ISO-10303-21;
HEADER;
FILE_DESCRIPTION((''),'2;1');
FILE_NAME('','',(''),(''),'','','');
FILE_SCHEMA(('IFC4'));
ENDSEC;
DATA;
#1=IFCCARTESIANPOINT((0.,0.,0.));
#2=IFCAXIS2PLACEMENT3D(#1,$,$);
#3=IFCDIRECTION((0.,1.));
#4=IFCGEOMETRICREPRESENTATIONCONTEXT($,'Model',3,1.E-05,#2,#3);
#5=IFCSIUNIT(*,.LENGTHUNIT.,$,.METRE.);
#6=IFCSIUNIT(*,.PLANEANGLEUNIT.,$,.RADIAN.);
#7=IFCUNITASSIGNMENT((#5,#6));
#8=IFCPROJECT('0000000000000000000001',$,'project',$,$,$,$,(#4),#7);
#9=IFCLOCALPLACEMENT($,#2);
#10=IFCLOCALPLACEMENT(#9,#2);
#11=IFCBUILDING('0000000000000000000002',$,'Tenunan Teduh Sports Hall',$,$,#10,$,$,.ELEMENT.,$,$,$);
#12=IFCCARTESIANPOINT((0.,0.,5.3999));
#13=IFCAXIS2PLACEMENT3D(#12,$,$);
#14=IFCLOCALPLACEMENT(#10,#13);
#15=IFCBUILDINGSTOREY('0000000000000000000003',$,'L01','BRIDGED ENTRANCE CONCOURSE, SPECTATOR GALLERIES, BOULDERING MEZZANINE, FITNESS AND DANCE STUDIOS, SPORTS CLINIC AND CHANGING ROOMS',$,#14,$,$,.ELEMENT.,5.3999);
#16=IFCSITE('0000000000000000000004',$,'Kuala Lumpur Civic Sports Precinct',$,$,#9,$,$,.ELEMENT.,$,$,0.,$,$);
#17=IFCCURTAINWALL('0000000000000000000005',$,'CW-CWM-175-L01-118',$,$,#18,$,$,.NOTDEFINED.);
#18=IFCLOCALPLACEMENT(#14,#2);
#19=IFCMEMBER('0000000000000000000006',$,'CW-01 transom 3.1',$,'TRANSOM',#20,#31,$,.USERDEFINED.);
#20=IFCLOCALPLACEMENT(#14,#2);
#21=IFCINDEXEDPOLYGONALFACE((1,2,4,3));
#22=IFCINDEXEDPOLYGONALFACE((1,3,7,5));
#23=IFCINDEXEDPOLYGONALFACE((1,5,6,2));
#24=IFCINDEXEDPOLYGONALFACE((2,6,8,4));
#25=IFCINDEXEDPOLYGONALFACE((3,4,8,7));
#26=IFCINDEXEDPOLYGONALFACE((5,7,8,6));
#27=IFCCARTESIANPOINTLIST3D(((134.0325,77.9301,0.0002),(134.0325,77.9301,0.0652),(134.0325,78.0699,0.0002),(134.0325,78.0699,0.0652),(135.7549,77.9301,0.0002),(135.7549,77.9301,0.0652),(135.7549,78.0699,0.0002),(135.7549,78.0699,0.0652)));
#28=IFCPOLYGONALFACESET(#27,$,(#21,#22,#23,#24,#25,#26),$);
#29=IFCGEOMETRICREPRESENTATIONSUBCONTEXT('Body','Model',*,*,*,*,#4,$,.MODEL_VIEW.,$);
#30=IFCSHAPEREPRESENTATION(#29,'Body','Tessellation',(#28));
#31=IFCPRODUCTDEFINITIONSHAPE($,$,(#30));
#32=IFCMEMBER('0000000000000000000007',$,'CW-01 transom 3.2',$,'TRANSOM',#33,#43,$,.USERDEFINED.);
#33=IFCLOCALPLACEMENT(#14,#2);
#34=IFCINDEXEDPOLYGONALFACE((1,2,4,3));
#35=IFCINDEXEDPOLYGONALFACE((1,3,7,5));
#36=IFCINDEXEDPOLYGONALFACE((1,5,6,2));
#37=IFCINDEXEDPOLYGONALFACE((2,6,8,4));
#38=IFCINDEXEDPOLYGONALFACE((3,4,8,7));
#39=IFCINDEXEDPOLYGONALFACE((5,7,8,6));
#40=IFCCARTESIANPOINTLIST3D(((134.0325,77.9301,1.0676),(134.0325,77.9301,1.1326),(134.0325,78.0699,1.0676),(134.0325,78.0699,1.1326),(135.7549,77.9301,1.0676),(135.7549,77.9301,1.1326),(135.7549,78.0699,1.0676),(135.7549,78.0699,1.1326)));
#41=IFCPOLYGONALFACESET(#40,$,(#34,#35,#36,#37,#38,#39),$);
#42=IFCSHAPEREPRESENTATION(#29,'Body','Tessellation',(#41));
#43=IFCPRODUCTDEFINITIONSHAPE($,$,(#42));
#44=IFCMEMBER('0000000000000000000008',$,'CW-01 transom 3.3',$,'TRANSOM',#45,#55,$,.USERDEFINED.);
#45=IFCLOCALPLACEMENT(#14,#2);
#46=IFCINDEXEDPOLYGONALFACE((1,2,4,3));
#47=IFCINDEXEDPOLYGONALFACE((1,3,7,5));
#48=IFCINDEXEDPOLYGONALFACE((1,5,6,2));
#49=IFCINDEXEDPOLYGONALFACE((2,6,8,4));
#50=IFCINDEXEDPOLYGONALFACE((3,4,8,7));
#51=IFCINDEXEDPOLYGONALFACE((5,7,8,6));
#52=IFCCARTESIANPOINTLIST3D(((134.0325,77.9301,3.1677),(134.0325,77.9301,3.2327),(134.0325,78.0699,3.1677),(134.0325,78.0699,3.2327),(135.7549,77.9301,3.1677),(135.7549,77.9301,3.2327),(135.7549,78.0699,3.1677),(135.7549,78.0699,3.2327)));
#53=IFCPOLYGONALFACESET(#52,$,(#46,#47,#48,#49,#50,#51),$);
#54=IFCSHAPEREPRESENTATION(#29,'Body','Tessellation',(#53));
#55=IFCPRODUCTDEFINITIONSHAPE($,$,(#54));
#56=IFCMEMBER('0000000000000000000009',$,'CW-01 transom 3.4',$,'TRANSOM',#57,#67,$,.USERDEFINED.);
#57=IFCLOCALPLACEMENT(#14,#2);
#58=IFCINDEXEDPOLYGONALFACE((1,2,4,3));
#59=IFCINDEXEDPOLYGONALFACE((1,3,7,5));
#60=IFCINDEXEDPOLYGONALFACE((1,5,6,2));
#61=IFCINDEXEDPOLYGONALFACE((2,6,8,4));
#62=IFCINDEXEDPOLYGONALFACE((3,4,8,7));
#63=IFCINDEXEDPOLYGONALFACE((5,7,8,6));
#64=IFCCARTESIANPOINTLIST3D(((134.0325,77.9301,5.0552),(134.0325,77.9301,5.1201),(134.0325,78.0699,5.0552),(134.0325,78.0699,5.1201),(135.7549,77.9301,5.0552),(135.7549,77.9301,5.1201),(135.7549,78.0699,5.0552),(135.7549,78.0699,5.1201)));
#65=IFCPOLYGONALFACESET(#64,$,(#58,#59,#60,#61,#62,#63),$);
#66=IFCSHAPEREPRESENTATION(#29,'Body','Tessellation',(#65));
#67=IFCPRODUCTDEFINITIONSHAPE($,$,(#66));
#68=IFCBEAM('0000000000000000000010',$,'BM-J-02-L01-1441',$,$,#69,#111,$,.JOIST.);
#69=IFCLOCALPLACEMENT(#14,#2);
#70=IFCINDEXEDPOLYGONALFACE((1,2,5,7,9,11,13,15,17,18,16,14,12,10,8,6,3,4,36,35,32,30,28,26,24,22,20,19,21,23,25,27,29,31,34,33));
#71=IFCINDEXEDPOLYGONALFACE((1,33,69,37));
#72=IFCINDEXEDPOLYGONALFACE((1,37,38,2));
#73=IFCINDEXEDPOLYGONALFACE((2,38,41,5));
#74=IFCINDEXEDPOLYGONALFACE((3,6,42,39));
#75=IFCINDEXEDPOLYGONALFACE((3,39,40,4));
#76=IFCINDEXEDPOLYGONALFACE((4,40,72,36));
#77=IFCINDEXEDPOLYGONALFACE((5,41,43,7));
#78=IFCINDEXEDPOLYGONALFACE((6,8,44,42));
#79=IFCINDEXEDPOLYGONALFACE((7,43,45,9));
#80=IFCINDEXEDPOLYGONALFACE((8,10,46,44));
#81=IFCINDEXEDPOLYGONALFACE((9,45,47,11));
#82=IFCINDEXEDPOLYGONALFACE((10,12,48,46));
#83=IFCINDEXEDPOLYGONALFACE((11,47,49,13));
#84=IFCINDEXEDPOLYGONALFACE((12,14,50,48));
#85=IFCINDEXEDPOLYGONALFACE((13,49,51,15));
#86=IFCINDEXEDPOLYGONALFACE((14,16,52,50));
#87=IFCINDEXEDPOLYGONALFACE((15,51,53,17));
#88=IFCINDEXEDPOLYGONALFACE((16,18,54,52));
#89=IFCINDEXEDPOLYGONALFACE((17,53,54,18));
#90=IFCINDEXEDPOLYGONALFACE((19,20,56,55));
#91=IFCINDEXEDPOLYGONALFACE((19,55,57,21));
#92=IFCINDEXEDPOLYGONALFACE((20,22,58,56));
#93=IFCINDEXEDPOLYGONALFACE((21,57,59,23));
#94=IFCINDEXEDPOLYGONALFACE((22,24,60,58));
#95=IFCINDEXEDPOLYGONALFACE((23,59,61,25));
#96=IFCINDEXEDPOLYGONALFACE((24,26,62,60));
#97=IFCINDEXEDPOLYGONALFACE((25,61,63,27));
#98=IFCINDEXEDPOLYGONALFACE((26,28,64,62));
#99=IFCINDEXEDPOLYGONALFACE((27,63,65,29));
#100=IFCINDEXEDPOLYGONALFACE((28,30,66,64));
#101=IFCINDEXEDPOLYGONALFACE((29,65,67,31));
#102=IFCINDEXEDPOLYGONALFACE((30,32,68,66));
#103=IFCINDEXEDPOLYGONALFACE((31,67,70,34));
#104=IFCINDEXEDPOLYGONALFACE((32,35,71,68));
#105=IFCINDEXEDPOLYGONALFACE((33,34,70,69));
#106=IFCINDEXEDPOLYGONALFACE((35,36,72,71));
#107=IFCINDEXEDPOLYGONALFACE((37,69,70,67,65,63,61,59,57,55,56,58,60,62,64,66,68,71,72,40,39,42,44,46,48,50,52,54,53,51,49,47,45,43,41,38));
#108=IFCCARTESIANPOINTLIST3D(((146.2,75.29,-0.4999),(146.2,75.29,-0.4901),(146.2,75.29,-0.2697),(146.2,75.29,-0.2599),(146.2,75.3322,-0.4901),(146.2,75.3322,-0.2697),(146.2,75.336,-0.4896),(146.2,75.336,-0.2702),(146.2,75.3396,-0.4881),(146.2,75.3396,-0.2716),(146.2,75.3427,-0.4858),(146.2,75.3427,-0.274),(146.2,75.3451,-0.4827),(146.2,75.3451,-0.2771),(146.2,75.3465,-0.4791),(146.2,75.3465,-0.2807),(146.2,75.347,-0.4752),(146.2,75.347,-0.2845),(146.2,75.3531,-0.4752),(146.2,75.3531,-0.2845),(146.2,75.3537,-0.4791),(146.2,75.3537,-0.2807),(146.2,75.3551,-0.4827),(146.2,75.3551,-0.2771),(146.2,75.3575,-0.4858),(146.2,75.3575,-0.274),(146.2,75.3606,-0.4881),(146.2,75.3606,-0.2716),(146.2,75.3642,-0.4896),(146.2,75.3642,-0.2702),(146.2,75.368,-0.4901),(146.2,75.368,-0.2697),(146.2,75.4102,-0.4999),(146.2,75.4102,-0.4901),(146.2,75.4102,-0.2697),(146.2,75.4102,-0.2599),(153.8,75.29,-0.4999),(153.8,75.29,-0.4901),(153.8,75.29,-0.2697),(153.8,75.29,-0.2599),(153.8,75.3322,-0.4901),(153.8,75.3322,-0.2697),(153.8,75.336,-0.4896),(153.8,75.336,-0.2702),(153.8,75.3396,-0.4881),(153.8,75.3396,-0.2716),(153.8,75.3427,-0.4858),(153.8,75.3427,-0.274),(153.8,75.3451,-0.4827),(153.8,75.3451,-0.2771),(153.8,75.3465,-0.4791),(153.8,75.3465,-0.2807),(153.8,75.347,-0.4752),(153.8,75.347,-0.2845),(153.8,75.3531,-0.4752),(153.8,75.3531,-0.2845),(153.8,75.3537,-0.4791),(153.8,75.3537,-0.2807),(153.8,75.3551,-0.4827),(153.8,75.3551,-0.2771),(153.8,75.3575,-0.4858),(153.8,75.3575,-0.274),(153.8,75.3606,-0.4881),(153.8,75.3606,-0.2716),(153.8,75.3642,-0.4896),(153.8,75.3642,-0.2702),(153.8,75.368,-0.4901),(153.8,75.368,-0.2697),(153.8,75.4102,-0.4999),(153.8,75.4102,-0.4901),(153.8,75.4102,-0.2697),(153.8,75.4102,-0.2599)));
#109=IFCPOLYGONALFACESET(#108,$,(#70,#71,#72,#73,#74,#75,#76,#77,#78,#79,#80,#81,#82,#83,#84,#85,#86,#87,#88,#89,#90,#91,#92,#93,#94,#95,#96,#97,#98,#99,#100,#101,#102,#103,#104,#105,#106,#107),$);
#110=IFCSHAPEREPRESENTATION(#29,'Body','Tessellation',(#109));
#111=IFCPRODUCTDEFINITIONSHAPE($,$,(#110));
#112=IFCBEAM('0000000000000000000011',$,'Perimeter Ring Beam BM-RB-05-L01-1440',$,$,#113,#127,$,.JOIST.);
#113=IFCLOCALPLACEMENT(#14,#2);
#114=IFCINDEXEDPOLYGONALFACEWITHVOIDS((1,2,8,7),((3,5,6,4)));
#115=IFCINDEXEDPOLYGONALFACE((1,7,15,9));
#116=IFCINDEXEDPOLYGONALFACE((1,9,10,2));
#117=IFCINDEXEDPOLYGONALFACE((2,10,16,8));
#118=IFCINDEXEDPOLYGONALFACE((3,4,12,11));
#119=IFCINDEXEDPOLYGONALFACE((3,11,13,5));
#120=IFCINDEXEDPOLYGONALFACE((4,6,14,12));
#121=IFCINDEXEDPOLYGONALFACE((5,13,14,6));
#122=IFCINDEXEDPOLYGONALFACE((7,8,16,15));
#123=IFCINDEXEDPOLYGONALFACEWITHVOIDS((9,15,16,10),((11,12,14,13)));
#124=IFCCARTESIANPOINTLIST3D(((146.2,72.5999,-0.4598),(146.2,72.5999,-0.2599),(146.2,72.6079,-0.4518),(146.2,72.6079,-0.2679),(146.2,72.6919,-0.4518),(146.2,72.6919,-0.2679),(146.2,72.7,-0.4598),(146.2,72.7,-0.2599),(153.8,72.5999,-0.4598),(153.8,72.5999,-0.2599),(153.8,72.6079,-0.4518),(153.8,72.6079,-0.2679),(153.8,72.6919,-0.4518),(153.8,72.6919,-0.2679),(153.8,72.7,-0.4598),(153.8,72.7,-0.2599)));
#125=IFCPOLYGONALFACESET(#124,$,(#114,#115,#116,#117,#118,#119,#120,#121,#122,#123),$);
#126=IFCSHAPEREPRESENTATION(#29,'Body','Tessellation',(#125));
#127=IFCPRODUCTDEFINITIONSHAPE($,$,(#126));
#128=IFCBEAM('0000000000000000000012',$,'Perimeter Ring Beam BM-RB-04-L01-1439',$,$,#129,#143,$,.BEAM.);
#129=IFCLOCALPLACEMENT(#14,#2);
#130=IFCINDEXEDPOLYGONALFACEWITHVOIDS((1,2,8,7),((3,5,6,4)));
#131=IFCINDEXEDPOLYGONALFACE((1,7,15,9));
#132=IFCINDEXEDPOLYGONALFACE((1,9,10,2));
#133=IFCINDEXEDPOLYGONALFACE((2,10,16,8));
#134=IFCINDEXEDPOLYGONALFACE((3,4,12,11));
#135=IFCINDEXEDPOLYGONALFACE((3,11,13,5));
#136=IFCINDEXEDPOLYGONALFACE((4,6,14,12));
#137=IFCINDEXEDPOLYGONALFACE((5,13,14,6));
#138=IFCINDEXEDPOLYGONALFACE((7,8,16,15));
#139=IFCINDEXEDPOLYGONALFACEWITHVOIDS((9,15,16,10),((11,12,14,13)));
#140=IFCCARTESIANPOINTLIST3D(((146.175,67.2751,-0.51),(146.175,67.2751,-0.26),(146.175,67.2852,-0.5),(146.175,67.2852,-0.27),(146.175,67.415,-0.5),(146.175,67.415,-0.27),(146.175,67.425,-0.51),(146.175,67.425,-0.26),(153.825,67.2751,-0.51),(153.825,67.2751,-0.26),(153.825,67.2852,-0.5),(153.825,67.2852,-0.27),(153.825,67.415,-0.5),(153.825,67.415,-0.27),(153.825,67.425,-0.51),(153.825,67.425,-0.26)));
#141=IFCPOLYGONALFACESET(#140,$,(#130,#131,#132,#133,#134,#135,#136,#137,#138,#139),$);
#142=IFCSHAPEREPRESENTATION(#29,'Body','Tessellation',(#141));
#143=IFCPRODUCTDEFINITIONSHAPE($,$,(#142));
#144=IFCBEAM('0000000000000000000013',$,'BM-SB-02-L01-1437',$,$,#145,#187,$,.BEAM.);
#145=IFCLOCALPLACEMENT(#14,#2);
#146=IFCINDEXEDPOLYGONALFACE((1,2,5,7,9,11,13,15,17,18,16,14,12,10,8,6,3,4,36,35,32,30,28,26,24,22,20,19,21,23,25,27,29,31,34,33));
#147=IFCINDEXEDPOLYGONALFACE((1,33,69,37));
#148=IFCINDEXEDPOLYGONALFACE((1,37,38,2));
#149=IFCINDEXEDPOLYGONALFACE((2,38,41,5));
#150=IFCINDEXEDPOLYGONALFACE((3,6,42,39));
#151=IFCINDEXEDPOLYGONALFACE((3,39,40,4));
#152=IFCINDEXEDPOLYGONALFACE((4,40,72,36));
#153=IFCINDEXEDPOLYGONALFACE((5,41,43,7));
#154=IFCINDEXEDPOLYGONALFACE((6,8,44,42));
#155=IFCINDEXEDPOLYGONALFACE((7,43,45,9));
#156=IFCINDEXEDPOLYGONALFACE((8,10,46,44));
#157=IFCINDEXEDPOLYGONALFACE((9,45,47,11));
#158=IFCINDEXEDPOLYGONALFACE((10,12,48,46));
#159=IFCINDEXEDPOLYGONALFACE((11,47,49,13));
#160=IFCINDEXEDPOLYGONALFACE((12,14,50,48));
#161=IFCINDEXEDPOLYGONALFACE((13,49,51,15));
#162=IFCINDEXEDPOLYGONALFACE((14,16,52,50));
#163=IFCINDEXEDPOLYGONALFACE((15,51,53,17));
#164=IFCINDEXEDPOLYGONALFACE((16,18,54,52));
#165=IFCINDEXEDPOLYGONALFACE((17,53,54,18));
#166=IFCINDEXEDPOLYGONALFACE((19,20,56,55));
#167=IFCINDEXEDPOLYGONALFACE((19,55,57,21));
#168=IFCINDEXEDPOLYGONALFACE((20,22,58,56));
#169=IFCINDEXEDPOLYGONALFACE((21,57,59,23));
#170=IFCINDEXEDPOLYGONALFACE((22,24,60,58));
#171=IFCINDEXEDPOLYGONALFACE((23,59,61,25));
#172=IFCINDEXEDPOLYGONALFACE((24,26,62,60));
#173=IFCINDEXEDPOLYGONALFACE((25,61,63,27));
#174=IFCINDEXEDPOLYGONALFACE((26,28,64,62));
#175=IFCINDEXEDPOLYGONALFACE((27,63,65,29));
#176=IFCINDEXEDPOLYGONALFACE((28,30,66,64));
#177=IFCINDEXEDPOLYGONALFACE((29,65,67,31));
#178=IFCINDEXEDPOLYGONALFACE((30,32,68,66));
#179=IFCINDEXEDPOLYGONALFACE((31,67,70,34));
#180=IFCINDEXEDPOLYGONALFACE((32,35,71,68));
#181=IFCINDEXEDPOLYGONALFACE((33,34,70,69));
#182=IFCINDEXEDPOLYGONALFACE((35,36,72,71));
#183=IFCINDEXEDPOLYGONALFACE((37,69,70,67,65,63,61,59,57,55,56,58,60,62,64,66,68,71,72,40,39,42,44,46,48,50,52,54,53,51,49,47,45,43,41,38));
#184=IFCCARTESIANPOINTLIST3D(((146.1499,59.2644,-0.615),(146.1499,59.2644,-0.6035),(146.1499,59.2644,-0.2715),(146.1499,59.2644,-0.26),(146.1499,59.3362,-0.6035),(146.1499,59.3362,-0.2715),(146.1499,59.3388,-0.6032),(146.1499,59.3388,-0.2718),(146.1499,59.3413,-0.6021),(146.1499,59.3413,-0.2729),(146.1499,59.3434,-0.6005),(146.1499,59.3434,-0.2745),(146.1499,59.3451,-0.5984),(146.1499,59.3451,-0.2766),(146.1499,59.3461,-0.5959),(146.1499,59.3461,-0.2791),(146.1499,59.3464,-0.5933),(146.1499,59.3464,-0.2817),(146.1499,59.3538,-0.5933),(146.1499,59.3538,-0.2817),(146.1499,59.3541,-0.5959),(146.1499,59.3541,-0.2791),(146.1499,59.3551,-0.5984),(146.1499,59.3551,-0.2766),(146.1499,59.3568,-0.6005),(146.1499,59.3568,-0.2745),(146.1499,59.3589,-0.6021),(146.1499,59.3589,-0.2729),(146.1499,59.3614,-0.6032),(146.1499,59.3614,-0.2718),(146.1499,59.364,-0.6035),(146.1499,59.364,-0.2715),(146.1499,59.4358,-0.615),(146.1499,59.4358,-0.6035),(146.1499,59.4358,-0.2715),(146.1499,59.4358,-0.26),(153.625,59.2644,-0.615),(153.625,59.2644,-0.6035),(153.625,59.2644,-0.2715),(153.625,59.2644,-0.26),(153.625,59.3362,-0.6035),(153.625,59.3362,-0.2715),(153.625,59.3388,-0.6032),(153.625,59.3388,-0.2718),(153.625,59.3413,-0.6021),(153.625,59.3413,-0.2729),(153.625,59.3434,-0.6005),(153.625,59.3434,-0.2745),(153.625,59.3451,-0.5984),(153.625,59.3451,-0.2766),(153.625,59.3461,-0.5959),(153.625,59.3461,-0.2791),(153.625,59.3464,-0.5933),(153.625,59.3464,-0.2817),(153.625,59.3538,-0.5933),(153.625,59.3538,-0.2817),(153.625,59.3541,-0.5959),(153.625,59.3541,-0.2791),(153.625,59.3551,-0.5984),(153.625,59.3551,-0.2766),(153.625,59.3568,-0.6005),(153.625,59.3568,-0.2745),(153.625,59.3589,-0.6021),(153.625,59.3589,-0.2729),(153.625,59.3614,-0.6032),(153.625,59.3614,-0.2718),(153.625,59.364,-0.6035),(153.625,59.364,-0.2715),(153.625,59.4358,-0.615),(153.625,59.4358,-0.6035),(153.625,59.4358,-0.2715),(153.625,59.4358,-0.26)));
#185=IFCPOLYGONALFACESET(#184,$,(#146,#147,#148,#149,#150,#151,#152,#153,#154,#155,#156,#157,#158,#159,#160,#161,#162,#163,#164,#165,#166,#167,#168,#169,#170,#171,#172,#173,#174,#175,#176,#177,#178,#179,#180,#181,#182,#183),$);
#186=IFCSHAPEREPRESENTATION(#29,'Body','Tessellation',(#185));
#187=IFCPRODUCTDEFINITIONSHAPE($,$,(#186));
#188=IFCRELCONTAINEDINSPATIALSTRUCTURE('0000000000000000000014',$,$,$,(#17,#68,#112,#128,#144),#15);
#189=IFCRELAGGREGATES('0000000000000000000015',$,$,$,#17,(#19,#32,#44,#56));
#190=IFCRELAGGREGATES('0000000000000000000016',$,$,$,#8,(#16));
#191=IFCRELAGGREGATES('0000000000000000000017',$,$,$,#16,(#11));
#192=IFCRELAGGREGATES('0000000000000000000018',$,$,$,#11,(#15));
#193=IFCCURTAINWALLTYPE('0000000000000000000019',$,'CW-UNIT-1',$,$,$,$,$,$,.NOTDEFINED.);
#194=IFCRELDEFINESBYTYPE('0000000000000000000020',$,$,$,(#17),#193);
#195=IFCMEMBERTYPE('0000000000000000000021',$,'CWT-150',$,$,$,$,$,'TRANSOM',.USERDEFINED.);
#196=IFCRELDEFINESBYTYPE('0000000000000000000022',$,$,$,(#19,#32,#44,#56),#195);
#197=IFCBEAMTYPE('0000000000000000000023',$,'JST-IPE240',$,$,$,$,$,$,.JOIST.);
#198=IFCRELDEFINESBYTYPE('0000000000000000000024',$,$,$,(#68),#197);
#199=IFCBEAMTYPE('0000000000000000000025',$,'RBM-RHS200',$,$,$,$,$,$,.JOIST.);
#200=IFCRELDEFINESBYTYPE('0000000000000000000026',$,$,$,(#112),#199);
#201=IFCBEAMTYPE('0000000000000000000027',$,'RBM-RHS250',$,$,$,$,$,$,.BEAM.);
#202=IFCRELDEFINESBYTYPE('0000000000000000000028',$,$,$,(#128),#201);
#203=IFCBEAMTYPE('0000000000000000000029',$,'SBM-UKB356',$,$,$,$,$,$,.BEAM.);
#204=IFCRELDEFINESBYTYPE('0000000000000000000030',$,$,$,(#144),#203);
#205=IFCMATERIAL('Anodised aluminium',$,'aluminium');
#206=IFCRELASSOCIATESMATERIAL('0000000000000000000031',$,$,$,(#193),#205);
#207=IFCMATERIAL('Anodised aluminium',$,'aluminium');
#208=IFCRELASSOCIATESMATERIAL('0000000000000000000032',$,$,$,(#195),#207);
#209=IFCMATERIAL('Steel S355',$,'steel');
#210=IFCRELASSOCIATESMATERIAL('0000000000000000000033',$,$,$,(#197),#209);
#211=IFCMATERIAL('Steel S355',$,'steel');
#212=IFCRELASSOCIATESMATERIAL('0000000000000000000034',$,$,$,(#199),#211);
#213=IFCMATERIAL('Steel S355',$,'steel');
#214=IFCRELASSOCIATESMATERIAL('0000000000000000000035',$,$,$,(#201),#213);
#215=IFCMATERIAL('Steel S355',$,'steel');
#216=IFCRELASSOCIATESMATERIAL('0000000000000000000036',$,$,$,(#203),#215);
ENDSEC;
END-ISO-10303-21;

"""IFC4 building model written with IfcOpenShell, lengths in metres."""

from ifc_helpers import new_model, si_unit, direction, frame, origin, origin_2d, place, context, subcontext, project, spatial, rectangle, hollow_rectangle, i_section, extrude, material, material_profile, profile_set, type_object, element, aggregate, save


model = new_model("IFC4")

# Units and contexts
model_context = context("Model", 3, precision=1e-05, world=origin(), true_north=direction((0.0, 1.0)))
body_context = subcontext(model_context, "Body", "Model", "MODEL_VIEW")
ifc_project = project(units=[si_unit("LENGTHUNIT", "METRE"), si_unit("PLANEANGLEUNIT", "RADIAN")], contexts=[model_context])

# Site, building, storey
site_placement = place(None, origin())
site = spatial("IfcSite", under=ifc_project, at=site_placement, Name="Kuala Lumpur Civic Sports Precinct", CompositionType="ELEMENT", RefElevation=0.0)
building_placement = place(site_placement, origin())
building = spatial("IfcBuilding", under=site, at=building_placement, Name="Tenunan Teduh Sports Hall", CompositionType="ELEMENT")
storey_placement = place(building_placement, frame((0.0, 0.0, 5.3999)))
storey = spatial("IfcBuildingStorey", under=building, at=storey_placement, Name="L01", Description="BRIDGED ENTRANCE CONCOURSE, SPECTATOR GALLERIES, BOULDERING MEZZANINE, FITNESS AND DANCE STUDIOS, SPORTS CLINIC AND CHANGING ROOMS", CompositionType="ELEMENT", Elevation=5.3999)

# Curtain wall, members
ifc_material_1 = material(Name="Anodised aluminium", Category="aluminium")
curtain_wall_type = type_object("IfcCurtainWallType", Name="CW-UNIT-1", PredefinedType="NOTDEFINED", material=ifc_material_1)
curtain_wall_placement = place(storey_placement, origin())
curtain_wall = element("IfcCurtainWall", 1, at=curtain_wall_placement, inside=storey, type_object=curtain_wall_type, Name="CW-CWM-175-L01-118", PredefinedType="NOTDEFINED")
ifc_material_2 = material(Name="Anodised aluminium", Category="aluminium")
ifc_material_profile_1 = material_profile(ifc_material_2, rectangle(XDim=0.0649, YDim=0.1399, at=origin_2d()), Name="CWT 65x140")
ifc_profile_set_1 = profile_set([ifc_material_profile_1], Name="Anodised aluminium")
member_type_1 = type_object("IfcMemberType", Name="CWT-150", ElementType="TRANSOM", PredefinedType="USERDEFINED", material=ifc_profile_set_1)
member_1_placement = place(storey_placement, frame((134.0325, 78.0, 0.0327), z_axis=(1.0, 0.0, 0.0), x_axis=(0.0, 0.0, 1.0)))
member_1 = element("IfcMember", 2, at=member_1_placement, type_object=member_type_1, Name="CW-01 transom 3.1", ObjectType="TRANSOM", PredefinedType="USERDEFINED", context=body_context, shape_type="SweptSolid", body=[
    extrude(rectangle(XDim=0.0649, YDim=0.1399, at=origin_2d()), origin(), (0.0, 0.0, 1.0), 1.7224),
])
member_2_placement = place(storey_placement, frame((134.0325, 78.0, 1.1001), z_axis=(1.0, 0.0, 0.0), x_axis=(0.0, 0.0, 1.0)))
member_2 = element("IfcMember", 3, at=member_2_placement, type_object=member_type_1, Name="CW-01 transom 3.2", ObjectType="TRANSOM", PredefinedType="USERDEFINED", context=body_context, shape_type="SweptSolid", body=[
    extrude(rectangle(XDim=0.0649, YDim=0.1399, at=origin_2d()), origin(), (0.0, 0.0, 1.0), 1.7224),
])
member_3_placement = place(storey_placement, frame((134.0325, 78.0, 3.2002), z_axis=(1.0, 0.0, 0.0), x_axis=(0.0, 0.0, 1.0)))
member_3 = element("IfcMember", 4, at=member_3_placement, type_object=member_type_1, Name="CW-01 transom 3.3", ObjectType="TRANSOM", PredefinedType="USERDEFINED", context=body_context, shape_type="SweptSolid", body=[
    extrude(rectangle(XDim=0.0649, YDim=0.1399, at=origin_2d()), origin(), (0.0, 0.0, 1.0), 1.7224),
])
member_4_placement = place(storey_placement, frame((134.0325, 78.0, 5.0876), z_axis=(1.0, 0.0, 0.0), x_axis=(0.0, 0.0, 1.0)))
member_4 = element("IfcMember", 5, at=member_4_placement, type_object=member_type_1, Name="CW-01 transom 3.4", ObjectType="TRANSOM", PredefinedType="USERDEFINED", context=body_context, shape_type="SweptSolid", body=[
    extrude(rectangle(XDim=0.0649, YDim=0.1399, at=origin_2d()), origin(), (0.0, 0.0, 1.0), 1.7224),
])

# Beams
ifc_material_3 = material(Name="Steel S355", Category="steel")
ifc_material_profile_2 = material_profile(ifc_material_3, i_section(OverallWidth=0.1201, OverallDepth=0.24, WebThickness=0.0061, FlangeThickness=0.0098, FilletRadius=0.0149, at=origin_2d()), Name="IPE 240")
ifc_profile_set_2 = profile_set([ifc_material_profile_2], Name="Steel S355")
beam_type_1 = type_object("IfcBeamType", Name="JST-IPE240", PredefinedType="JOIST", material=ifc_profile_set_2)
beam_1_placement = place(storey_placement, frame((146.2, 75.3501, -0.3799), z_axis=(1.0, 0.0, 0.0), x_axis=(0.0, 1.0, 0.0)))
element("IfcBeam", 6, at=beam_1_placement, inside=storey, type_object=beam_type_1, Name="BM-J-02-L01-1441", PredefinedType="JOIST", context=body_context, shape_type="SweptSolid", body=[
    extrude(i_section(OverallWidth=0.1201, OverallDepth=0.24, WebThickness=0.0061, FlangeThickness=0.0098, FilletRadius=0.0149, at=origin_2d()), origin(), (0.0, 0.0, 1.0), 7.6001),
])
ifc_material_4 = material(Name="Steel S355", Category="steel")
ifc_material_profile_3 = material_profile(ifc_material_4, hollow_rectangle(XDim=0.1001, YDim=0.2, WallThickness=0.0081, at=origin_2d()), Name="RHS 200x100x8.0")
ifc_profile_set_3 = profile_set([ifc_material_profile_3], Name="Steel S355")
beam_type_2 = type_object("IfcBeamType", Name="RBM-RHS200", PredefinedType="JOIST", material=ifc_profile_set_3)
beam_2_placement = place(storey_placement, frame((146.2, 72.6499, -0.3599), z_axis=(1.0, 0.0, 0.0), x_axis=(0.0, 1.0, 0.0)))
element("IfcBeam", 7, at=beam_2_placement, inside=storey, type_object=beam_type_2, Name="Perimeter Ring Beam BM-RB-05-L01-1440", PredefinedType="JOIST", context=body_context, shape_type="SweptSolid", body=[
    extrude(hollow_rectangle(XDim=0.1001, YDim=0.2, WallThickness=0.0081, at=origin_2d()), origin(), (0.0, 0.0, 1.0), 7.6001),
])
ifc_material_5 = material(Name="Steel S355", Category="steel")
ifc_material_profile_4 = material_profile(ifc_material_5, hollow_rectangle(XDim=0.1499, YDim=0.25, WallThickness=0.01, at=origin_2d()), Name="RHS 250x150x10.0")
ifc_profile_set_4 = profile_set([ifc_material_profile_4], Name="Steel S355")
beam_type_3 = type_object("IfcBeamType", Name="RBM-RHS250", PredefinedType="BEAM", material=ifc_profile_set_4)
beam_3_placement = place(storey_placement, frame((146.175, 67.3501, -0.385), z_axis=(1.0, 0.0, 0.0), x_axis=(0.0, 1.0, 0.0)))
element("IfcBeam", 8, at=beam_3_placement, inside=storey, type_object=beam_type_3, Name="Perimeter Ring Beam BM-RB-04-L01-1439", PredefinedType="BEAM", context=body_context, shape_type="SweptSolid", body=[
    extrude(hollow_rectangle(XDim=0.1499, YDim=0.25, WallThickness=0.01, at=origin_2d()), origin(), (0.0, 0.0, 1.0), 7.6499),
])
ifc_material_6 = material(Name="Steel S355", Category="steel")
ifc_material_profile_5 = material_profile(ifc_material_6, i_section(OverallWidth=0.1714, OverallDepth=0.355, WebThickness=0.0073, FlangeThickness=0.0115, FilletRadius=0.0103, at=origin_2d()), Name="UKB 356x171x51")
ifc_profile_set_5 = profile_set([ifc_material_profile_5], Name="Steel S355")
beam_type_4 = type_object("IfcBeamType", Name="SBM-UKB356", PredefinedType="BEAM", material=ifc_profile_set_5)
beam_4_placement = place(storey_placement, frame((146.1499, 59.3501, -0.4375), z_axis=(1.0, 0.0, 0.0), x_axis=(0.0, 1.0, 0.0)))
element("IfcBeam", 9, at=beam_4_placement, inside=storey, type_object=beam_type_4, Name="BM-SB-02-L01-1437", PredefinedType="BEAM", context=body_context, shape_type="SweptSolid", body=[
    extrude(i_section(OverallWidth=0.1714, OverallDepth=0.355, WebThickness=0.0073, FlangeThickness=0.0115, FilletRadius=0.0103, at=origin_2d()), origin(), (0.0, 0.0, 1.0), 7.4751),
])

aggregate(curtain_wall, [member_1, member_2, member_3, member_4])

save(model, "model.ifc")
